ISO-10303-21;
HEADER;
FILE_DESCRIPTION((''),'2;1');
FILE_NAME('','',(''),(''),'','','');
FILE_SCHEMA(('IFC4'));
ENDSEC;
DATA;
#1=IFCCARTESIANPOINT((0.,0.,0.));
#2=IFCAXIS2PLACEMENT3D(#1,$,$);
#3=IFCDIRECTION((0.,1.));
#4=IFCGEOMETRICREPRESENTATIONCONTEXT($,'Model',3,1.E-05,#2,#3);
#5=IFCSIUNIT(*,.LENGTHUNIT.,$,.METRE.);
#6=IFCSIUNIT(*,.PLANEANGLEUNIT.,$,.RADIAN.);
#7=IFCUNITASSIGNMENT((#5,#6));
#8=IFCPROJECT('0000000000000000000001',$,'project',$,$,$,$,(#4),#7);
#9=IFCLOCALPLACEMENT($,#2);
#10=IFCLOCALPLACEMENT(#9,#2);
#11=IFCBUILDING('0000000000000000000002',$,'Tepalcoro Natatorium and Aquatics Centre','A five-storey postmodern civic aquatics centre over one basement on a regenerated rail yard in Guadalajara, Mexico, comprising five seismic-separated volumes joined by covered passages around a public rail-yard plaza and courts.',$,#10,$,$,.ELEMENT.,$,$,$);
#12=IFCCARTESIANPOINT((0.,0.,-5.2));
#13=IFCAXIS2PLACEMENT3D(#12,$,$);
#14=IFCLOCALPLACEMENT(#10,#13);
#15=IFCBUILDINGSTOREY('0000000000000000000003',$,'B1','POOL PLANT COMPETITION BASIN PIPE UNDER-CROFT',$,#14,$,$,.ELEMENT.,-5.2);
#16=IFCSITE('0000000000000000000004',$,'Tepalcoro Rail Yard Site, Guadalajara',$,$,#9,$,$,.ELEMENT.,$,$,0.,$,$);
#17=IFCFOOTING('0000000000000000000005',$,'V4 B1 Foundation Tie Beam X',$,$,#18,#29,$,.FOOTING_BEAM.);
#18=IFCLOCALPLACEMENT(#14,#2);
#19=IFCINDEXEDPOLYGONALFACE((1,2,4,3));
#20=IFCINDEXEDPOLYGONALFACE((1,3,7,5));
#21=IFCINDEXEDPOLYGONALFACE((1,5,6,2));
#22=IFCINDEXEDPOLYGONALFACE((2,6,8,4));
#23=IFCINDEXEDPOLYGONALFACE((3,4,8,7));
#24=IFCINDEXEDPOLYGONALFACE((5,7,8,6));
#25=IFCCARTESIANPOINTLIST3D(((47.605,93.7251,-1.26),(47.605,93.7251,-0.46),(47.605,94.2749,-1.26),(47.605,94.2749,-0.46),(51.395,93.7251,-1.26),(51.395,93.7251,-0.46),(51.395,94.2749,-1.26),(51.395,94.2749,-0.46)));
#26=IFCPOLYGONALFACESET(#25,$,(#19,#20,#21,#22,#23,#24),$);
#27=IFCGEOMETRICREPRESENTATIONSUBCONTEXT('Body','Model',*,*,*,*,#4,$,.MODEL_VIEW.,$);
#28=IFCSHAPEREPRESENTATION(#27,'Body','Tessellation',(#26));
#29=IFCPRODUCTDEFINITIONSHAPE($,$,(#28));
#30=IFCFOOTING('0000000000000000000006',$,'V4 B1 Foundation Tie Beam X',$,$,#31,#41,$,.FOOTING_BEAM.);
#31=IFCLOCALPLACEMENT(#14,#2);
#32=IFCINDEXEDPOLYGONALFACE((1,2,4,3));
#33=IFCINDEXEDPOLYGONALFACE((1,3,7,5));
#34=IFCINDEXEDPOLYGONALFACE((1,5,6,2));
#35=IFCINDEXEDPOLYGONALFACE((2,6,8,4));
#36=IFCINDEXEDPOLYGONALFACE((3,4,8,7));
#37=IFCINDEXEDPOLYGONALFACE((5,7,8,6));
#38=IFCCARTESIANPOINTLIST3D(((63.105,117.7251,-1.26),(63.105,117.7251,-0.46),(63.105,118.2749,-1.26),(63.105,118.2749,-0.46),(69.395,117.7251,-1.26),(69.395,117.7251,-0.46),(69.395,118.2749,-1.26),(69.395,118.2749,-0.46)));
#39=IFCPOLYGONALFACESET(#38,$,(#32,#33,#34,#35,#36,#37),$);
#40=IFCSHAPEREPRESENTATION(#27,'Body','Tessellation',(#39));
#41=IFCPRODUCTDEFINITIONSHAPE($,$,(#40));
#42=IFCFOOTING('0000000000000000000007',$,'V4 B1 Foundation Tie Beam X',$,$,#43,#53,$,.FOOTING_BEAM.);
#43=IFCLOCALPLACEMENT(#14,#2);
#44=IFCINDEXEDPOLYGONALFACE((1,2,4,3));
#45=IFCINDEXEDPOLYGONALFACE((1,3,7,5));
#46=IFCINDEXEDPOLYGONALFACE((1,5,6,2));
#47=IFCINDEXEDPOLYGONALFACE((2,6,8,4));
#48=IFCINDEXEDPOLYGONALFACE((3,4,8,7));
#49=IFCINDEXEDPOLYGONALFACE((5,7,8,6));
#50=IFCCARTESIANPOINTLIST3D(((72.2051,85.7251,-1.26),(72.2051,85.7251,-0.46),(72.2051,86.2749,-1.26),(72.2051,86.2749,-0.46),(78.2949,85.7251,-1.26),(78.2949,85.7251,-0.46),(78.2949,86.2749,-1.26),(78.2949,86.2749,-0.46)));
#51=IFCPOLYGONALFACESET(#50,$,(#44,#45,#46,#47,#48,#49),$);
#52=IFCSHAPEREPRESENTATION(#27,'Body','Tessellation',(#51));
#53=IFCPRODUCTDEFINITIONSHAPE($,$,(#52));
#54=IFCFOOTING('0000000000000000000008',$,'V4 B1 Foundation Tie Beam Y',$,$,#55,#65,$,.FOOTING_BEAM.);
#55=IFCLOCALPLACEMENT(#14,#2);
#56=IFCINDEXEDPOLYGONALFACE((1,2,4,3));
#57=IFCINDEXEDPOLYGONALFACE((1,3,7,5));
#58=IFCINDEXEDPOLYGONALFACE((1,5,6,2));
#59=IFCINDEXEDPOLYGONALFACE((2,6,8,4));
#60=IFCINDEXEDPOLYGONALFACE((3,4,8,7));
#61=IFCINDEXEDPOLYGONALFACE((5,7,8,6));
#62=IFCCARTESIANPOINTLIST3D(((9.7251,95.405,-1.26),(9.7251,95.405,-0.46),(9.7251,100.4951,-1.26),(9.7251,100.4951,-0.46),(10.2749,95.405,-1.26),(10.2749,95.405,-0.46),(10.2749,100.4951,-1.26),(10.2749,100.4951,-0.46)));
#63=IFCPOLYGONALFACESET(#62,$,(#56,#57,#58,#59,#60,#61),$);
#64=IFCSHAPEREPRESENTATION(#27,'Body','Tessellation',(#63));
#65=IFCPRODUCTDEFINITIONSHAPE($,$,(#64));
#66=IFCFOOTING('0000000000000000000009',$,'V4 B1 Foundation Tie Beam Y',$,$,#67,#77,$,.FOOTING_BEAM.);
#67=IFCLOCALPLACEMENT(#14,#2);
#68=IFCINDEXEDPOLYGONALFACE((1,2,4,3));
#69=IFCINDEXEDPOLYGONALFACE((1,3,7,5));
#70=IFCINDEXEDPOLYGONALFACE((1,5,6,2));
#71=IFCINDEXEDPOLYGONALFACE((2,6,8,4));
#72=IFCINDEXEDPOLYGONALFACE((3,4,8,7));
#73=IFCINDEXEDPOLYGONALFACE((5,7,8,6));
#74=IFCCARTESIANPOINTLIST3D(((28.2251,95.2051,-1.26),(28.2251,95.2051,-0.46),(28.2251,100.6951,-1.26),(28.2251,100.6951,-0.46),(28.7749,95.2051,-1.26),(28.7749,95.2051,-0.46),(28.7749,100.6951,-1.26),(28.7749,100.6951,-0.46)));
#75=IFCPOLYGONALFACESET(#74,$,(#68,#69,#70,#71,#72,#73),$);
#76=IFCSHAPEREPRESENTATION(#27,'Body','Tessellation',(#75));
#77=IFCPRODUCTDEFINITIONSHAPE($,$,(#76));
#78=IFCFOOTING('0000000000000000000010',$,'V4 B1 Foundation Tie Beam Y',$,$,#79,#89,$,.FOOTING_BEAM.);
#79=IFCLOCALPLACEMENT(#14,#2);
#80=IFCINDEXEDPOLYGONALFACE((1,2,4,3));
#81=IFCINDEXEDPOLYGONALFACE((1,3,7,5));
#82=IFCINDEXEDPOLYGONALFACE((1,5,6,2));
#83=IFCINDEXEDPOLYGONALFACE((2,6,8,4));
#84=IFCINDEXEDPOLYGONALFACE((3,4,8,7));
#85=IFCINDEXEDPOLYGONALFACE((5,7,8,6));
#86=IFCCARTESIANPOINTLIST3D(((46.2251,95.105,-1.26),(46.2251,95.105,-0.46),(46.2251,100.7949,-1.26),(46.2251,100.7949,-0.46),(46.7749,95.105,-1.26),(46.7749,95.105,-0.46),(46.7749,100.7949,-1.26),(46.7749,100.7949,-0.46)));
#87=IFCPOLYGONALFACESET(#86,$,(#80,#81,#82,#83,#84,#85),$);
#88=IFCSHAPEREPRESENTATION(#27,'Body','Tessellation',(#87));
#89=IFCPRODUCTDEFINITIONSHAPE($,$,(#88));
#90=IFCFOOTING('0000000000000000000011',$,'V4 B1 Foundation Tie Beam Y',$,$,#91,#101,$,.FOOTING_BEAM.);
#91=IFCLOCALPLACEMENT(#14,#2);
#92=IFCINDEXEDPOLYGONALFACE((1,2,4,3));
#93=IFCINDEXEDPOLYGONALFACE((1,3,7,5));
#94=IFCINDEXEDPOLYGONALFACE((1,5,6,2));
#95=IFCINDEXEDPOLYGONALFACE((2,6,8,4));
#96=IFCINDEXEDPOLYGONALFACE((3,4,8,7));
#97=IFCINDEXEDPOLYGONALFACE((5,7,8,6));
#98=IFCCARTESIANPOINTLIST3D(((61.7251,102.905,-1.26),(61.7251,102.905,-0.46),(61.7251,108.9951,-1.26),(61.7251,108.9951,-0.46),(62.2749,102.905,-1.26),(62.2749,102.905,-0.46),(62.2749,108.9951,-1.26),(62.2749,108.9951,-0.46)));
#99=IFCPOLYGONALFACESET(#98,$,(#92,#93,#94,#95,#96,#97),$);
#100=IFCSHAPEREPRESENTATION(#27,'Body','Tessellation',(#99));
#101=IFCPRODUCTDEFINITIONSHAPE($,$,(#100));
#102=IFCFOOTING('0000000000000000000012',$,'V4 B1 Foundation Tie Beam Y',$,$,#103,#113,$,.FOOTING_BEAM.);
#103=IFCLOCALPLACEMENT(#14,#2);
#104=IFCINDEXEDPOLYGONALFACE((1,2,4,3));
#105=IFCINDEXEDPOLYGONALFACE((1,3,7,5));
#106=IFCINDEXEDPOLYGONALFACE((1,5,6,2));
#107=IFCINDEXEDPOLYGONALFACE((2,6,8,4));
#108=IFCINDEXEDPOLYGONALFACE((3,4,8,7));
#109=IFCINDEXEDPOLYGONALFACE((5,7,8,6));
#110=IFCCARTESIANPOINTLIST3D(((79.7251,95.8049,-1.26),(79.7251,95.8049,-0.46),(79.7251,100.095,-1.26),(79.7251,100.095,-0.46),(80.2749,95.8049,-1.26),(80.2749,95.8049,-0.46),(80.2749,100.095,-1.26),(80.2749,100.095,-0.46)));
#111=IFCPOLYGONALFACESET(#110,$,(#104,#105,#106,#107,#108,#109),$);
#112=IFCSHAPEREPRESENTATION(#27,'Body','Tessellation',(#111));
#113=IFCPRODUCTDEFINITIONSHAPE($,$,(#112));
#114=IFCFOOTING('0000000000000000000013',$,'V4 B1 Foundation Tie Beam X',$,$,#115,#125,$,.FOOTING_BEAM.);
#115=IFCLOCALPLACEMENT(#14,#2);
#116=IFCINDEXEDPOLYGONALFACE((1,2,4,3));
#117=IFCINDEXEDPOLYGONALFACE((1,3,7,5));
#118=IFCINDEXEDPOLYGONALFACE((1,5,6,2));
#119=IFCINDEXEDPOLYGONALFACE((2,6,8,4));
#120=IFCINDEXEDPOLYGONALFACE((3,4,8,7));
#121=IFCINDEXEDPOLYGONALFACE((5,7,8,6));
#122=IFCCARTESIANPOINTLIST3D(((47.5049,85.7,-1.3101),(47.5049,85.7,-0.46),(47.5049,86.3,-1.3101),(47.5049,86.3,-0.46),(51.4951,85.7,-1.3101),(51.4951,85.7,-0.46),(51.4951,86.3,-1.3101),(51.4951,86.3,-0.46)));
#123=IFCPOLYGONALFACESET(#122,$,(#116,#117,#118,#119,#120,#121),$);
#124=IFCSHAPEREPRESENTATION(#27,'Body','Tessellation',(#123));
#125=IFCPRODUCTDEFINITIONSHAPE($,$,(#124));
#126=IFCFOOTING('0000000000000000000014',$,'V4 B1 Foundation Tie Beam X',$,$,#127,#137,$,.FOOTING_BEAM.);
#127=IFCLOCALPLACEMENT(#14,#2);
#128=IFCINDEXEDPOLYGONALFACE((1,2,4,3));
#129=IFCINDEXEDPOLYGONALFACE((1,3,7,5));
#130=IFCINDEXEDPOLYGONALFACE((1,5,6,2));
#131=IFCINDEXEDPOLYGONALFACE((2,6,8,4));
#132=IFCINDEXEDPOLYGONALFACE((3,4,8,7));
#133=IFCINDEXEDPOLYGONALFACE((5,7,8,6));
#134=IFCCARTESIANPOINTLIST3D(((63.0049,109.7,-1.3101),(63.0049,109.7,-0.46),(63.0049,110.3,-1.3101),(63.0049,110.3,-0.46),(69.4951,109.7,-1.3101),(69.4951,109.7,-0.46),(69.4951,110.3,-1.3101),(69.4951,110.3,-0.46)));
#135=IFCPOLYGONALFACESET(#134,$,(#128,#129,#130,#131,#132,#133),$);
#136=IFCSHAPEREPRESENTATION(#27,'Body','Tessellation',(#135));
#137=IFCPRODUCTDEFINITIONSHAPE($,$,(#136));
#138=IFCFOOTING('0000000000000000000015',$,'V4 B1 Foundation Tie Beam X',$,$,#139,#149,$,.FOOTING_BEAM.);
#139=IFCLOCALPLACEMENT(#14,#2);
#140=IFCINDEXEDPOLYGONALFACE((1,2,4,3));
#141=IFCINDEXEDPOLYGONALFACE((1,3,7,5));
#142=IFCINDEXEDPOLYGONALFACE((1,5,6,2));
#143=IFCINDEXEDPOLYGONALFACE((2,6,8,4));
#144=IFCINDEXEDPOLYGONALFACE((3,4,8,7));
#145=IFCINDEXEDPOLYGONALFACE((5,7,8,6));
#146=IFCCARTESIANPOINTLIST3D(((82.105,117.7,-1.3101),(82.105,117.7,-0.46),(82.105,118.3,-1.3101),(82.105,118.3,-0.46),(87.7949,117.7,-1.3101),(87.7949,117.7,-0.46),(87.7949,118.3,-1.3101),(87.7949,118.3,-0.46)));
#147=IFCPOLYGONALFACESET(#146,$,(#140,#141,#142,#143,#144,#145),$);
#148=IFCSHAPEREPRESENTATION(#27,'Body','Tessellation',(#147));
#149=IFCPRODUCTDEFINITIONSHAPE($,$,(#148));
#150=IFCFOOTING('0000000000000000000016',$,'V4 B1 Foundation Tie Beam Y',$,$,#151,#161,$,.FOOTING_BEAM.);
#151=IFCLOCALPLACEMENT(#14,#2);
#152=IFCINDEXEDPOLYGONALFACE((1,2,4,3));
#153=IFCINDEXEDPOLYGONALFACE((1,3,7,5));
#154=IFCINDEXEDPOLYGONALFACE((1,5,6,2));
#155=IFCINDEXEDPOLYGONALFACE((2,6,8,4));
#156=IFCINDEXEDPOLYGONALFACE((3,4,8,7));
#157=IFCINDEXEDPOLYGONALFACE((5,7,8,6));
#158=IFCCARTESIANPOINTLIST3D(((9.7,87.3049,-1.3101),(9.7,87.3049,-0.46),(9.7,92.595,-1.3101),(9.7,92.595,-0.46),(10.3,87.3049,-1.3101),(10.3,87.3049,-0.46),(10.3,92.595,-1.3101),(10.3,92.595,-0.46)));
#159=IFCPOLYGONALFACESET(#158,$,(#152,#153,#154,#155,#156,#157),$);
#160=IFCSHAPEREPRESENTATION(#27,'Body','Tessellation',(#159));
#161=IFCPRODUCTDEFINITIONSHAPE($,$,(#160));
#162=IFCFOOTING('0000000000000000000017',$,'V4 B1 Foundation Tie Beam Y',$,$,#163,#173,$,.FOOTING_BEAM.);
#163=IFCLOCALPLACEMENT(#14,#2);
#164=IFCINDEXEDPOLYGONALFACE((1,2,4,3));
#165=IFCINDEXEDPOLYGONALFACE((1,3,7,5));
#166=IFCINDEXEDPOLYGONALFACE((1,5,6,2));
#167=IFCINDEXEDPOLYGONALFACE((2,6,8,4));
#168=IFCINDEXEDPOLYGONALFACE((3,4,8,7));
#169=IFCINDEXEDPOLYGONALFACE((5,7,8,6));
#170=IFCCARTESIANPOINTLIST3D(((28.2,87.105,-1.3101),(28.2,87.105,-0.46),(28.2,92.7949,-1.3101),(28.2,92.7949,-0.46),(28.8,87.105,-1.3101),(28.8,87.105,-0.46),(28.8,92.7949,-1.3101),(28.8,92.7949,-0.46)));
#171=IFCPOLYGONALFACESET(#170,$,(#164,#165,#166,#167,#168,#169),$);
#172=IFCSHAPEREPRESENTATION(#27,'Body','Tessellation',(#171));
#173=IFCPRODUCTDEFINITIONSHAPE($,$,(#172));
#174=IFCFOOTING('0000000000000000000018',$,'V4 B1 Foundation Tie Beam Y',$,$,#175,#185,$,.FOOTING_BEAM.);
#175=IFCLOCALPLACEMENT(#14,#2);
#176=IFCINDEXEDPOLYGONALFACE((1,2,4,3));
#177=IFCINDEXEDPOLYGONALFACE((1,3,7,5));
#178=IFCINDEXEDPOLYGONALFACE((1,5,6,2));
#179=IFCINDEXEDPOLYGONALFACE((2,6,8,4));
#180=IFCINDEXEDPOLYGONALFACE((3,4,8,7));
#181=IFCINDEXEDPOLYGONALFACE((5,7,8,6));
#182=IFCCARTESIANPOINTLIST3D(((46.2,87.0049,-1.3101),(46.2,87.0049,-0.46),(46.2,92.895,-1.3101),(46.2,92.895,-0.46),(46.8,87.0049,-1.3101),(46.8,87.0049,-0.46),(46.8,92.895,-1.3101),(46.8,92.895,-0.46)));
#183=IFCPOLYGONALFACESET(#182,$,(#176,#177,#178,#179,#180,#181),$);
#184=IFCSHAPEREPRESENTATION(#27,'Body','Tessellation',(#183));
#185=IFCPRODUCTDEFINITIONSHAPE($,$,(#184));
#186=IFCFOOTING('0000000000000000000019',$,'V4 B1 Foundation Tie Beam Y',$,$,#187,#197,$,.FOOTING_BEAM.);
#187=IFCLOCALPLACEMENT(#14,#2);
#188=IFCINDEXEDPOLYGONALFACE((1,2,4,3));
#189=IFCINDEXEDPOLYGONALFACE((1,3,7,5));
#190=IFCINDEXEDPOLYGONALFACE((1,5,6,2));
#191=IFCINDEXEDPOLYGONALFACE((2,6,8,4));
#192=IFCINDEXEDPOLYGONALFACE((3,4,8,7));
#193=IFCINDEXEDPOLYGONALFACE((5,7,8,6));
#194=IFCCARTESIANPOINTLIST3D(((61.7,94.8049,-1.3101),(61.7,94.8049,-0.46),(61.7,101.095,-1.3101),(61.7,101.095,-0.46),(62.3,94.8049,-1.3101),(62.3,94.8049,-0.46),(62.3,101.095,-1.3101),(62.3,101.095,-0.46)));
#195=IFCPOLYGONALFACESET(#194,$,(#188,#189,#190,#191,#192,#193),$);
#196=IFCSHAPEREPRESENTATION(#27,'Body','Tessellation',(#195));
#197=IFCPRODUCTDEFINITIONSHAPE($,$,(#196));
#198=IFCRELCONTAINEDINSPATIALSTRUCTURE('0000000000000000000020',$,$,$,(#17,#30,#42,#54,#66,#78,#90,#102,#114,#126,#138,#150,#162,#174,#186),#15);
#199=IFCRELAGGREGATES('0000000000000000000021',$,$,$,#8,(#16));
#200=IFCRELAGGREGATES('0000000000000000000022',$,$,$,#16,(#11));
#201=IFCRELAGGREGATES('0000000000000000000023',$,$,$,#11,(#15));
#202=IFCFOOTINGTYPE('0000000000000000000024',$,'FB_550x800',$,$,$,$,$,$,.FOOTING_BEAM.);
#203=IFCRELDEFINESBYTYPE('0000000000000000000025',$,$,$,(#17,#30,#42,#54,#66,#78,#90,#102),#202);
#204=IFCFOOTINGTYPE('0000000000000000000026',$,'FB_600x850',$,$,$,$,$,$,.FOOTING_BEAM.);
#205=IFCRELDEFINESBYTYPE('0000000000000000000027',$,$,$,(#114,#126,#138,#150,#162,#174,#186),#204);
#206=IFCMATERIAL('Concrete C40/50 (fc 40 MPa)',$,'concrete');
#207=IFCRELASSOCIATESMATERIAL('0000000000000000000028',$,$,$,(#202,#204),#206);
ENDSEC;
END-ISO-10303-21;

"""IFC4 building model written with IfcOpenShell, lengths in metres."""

from ifc_helpers import new_model, si_unit, direction, frame, origin, place, context, subcontext, project, spatial, polyline, outline, extrude, material, type_object, element, save


model = new_model("IFC4")

# Units and contexts
model_context = context("Model", 3, precision=1e-05, world=origin(), true_north=direction((0.0, 1.0)))
body_context = subcontext(model_context, "Body", "Model", "MODEL_VIEW")
ifc_project = project(units=[si_unit("LENGTHUNIT", "METRE"), si_unit("PLANEANGLEUNIT", "RADIAN")], contexts=[model_context])

# Site, building, storey
site_placement = place(None, origin())
site = spatial("IfcSite", under=ifc_project, at=site_placement, Name="Tepalcoro Rail Yard Site, Guadalajara", CompositionType="ELEMENT", RefElevation=0.0)
building_placement = place(site_placement, origin())
building = spatial("IfcBuilding", under=site, at=building_placement, Name="Tepalcoro Natatorium and Aquatics Centre", Description="A five-storey postmodern civic aquatics centre over one basement on a regenerated rail yard in Guadalajara, Mexico, comprising five seismic-separated volumes joined by covered passages around a public rail-yard plaza and courts.", CompositionType="ELEMENT")
storey_placement = place(building_placement, frame((0.0, 0.0, -5.2)))
storey = spatial("IfcBuildingStorey", under=building, at=storey_placement, Name="B1", Description="POOL PLANT COMPETITION BASIN PIPE UNDER-CROFT", CompositionType="ELEMENT", Elevation=-5.2)

# Footings
ifc_material = material(Name="Concrete C40/50 (fc 40 MPa)", Category="concrete")
footing_type_1 = type_object("IfcFootingType", Name="FB_550x800", PredefinedType="FOOTING_BEAM", material=ifc_material)
footing_1_placement = place(storey_placement, frame((0.0, 0.0, -1.26)))
element("IfcFooting", 1, at=footing_1_placement, inside=storey, type_object=footing_type_1, Name="V4 B1 Foundation Tie Beam X", PredefinedType="FOOTING_BEAM", context=body_context, shape_type="SweptSolid", body=[
    extrude(outline(polyline([(47.605, 93.7251), (51.395, 93.7251), (51.395, 94.2749), (47.605, 94.2749), (47.605, 93.7251)])), origin(), (0.0, 0.0, 1.0), 0.8),
])
footing_2_placement = place(storey_placement, frame((0.0, 0.0, -1.26)))
element("IfcFooting", 2, at=footing_2_placement, inside=storey, type_object=footing_type_1, Name="V4 B1 Foundation Tie Beam X", PredefinedType="FOOTING_BEAM", context=body_context, shape_type="SweptSolid", body=[
    extrude(outline(polyline([(63.105, 117.7251), (69.395, 117.7251), (69.395, 118.2749), (63.105, 118.2749), (63.105, 117.7251)])), origin(), (0.0, 0.0, 1.0), 0.8),
])
footing_3_placement = place(storey_placement, frame((0.0, 0.0, -1.26)))
element("IfcFooting", 3, at=footing_3_placement, inside=storey, type_object=footing_type_1, Name="V4 B1 Foundation Tie Beam X", PredefinedType="FOOTING_BEAM", context=body_context, shape_type="SweptSolid", body=[
    extrude(outline(polyline([(72.2051, 85.7251), (78.2949, 85.7251), (78.2949, 86.2749), (72.2051, 86.2749), (72.2051, 85.7251)])), origin(), (0.0, 0.0, 1.0), 0.8),
])
footing_4_placement = place(storey_placement, frame((0.0, 0.0, -1.26)))
element("IfcFooting", 4, at=footing_4_placement, inside=storey, type_object=footing_type_1, Name="V4 B1 Foundation Tie Beam Y", PredefinedType="FOOTING_BEAM", context=body_context, shape_type="SweptSolid", body=[
    extrude(outline(polyline([(10.2749, 95.405), (10.2749, 100.4951), (9.7251, 100.4951), (9.7251, 95.405), (10.2749, 95.405)])), origin(), (0.0, 0.0, 1.0), 0.8),
])
footing_5_placement = place(storey_placement, frame((0.0, 0.0, -1.26)))
element("IfcFooting", 5, at=footing_5_placement, inside=storey, type_object=footing_type_1, Name="V4 B1 Foundation Tie Beam Y", PredefinedType="FOOTING_BEAM", context=body_context, shape_type="SweptSolid", body=[
    extrude(outline(polyline([(28.7749, 95.2051), (28.7749, 100.6951), (28.2251, 100.6951), (28.2251, 95.2051), (28.7749, 95.2051)])), origin(), (0.0, 0.0, 1.0), 0.8),
])
footing_6_placement = place(storey_placement, frame((0.0, 0.0, -1.26)))
element("IfcFooting", 6, at=footing_6_placement, inside=storey, type_object=footing_type_1, Name="V4 B1 Foundation Tie Beam Y", PredefinedType="FOOTING_BEAM", context=body_context, shape_type="SweptSolid", body=[
    extrude(outline(polyline([(46.7749, 95.105), (46.7749, 100.7949), (46.2251, 100.7949), (46.2251, 95.105), (46.7749, 95.105)])), origin(), (0.0, 0.0, 1.0), 0.8),
])
footing_7_placement = place(storey_placement, frame((0.0, 0.0, -1.26)))
element("IfcFooting", 7, at=footing_7_placement, inside=storey, type_object=footing_type_1, Name="V4 B1 Foundation Tie Beam Y", PredefinedType="FOOTING_BEAM", context=body_context, shape_type="SweptSolid", body=[
    extrude(outline(polyline([(62.2749, 102.905), (62.2749, 108.9951), (61.7251, 108.9951), (61.7251, 102.905), (62.2749, 102.905)])), origin(), (0.0, 0.0, 1.0), 0.8),
])
footing_8_placement = place(storey_placement, frame((0.0, 0.0, -1.26)))
element("IfcFooting", 8, at=footing_8_placement, inside=storey, type_object=footing_type_1, Name="V4 B1 Foundation Tie Beam Y", PredefinedType="FOOTING_BEAM", context=body_context, shape_type="SweptSolid", body=[
    extrude(outline(polyline([(80.2749, 95.8049), (80.2749, 100.095), (79.7251, 100.095), (79.7251, 95.8049), (80.2749, 95.8049)])), origin(), (0.0, 0.0, 1.0), 0.8),
])
footing_type_2 = type_object("IfcFootingType", Name="FB_600x850", PredefinedType="FOOTING_BEAM", material=ifc_material)
footing_9_placement = place(storey_placement, frame((0.0, 0.0, -1.3101)))
element("IfcFooting", 9, at=footing_9_placement, inside=storey, type_object=footing_type_2, Name="V4 B1 Foundation Tie Beam X", PredefinedType="FOOTING_BEAM", context=body_context, shape_type="SweptSolid", body=[
    extrude(outline(polyline([(47.5049, 85.7), (51.4951, 85.7), (51.4951, 86.3), (47.5049, 86.3), (47.5049, 85.7)])), origin(), (0.0, 0.0, 1.0), 0.8501),
])
footing_10_placement = place(storey_placement, frame((0.0, 0.0, -1.3101)))
element("IfcFooting", 10, at=footing_10_placement, inside=storey, type_object=footing_type_2, Name="V4 B1 Foundation Tie Beam X", PredefinedType="FOOTING_BEAM", context=body_context, shape_type="SweptSolid", body=[
    extrude(outline(polyline([(63.0049, 109.7), (69.4951, 109.7), (69.4951, 110.3), (63.0049, 110.3), (63.0049, 109.7)])), origin(), (0.0, 0.0, 1.0), 0.8501),
])
footing_11_placement = place(storey_placement, frame((0.0, 0.0, -1.3101)))
element("IfcFooting", 11, at=footing_11_placement, inside=storey, type_object=footing_type_2, Name="V4 B1 Foundation Tie Beam X", PredefinedType="FOOTING_BEAM", context=body_context, shape_type="SweptSolid", body=[
    extrude(outline(polyline([(82.105, 117.7), (87.7949, 117.7), (87.7949, 118.3), (82.105, 118.3), (82.105, 117.7)])), origin(), (0.0, 0.0, 1.0), 0.8501),
])
footing_12_placement = place(storey_placement, frame((0.0, 0.0, -1.3101)))
element("IfcFooting", 12, at=footing_12_placement, inside=storey, type_object=footing_type_2, Name="V4 B1 Foundation Tie Beam Y", PredefinedType="FOOTING_BEAM", context=body_context, shape_type="SweptSolid", body=[
    extrude(outline(polyline([(10.3, 87.3049), (10.3, 92.595), (9.7, 92.595), (9.7, 87.3049), (10.3, 87.3049)])), origin(), (0.0, 0.0, 1.0), 0.8501),
])
footing_13_placement = place(storey_placement, frame((0.0, 0.0, -1.3101)))
element("IfcFooting", 13, at=footing_13_placement, inside=storey, type_object=footing_type_2, Name="V4 B1 Foundation Tie Beam Y", PredefinedType="FOOTING_BEAM", context=body_context, shape_type="SweptSolid", body=[
    extrude(outline(polyline([(28.8, 87.105), (28.8, 92.7949), (28.2, 92.7949), (28.2, 87.105), (28.8, 87.105)])), origin(), (0.0, 0.0, 1.0), 0.8501),
])
footing_14_placement = place(storey_placement, frame((0.0, 0.0, -1.3101)))
element("IfcFooting", 14, at=footing_14_placement, inside=storey, type_object=footing_type_2, Name="V4 B1 Foundation Tie Beam Y", PredefinedType="FOOTING_BEAM", context=body_context, shape_type="SweptSolid", body=[
    extrude(outline(polyline([(46.8, 87.0049), (46.8, 92.895), (46.2, 92.895), (46.2, 87.0049), (46.8, 87.0049)])), origin(), (0.0, 0.0, 1.0), 0.8501),
])
footing_15_placement = place(storey_placement, frame((0.0, 0.0, -1.3101)))
element("IfcFooting", 15, at=footing_15_placement, inside=storey, type_object=footing_type_2, Name="V4 B1 Foundation Tie Beam Y", PredefinedType="FOOTING_BEAM", context=body_context, shape_type="SweptSolid", body=[
    extrude(outline(polyline([(62.3, 94.8049), (62.3, 101.095), (61.7, 101.095), (61.7, 94.8049), (62.3, 94.8049)])), origin(), (0.0, 0.0, 1.0), 0.8501),
])

save(model, "model.ifc")
